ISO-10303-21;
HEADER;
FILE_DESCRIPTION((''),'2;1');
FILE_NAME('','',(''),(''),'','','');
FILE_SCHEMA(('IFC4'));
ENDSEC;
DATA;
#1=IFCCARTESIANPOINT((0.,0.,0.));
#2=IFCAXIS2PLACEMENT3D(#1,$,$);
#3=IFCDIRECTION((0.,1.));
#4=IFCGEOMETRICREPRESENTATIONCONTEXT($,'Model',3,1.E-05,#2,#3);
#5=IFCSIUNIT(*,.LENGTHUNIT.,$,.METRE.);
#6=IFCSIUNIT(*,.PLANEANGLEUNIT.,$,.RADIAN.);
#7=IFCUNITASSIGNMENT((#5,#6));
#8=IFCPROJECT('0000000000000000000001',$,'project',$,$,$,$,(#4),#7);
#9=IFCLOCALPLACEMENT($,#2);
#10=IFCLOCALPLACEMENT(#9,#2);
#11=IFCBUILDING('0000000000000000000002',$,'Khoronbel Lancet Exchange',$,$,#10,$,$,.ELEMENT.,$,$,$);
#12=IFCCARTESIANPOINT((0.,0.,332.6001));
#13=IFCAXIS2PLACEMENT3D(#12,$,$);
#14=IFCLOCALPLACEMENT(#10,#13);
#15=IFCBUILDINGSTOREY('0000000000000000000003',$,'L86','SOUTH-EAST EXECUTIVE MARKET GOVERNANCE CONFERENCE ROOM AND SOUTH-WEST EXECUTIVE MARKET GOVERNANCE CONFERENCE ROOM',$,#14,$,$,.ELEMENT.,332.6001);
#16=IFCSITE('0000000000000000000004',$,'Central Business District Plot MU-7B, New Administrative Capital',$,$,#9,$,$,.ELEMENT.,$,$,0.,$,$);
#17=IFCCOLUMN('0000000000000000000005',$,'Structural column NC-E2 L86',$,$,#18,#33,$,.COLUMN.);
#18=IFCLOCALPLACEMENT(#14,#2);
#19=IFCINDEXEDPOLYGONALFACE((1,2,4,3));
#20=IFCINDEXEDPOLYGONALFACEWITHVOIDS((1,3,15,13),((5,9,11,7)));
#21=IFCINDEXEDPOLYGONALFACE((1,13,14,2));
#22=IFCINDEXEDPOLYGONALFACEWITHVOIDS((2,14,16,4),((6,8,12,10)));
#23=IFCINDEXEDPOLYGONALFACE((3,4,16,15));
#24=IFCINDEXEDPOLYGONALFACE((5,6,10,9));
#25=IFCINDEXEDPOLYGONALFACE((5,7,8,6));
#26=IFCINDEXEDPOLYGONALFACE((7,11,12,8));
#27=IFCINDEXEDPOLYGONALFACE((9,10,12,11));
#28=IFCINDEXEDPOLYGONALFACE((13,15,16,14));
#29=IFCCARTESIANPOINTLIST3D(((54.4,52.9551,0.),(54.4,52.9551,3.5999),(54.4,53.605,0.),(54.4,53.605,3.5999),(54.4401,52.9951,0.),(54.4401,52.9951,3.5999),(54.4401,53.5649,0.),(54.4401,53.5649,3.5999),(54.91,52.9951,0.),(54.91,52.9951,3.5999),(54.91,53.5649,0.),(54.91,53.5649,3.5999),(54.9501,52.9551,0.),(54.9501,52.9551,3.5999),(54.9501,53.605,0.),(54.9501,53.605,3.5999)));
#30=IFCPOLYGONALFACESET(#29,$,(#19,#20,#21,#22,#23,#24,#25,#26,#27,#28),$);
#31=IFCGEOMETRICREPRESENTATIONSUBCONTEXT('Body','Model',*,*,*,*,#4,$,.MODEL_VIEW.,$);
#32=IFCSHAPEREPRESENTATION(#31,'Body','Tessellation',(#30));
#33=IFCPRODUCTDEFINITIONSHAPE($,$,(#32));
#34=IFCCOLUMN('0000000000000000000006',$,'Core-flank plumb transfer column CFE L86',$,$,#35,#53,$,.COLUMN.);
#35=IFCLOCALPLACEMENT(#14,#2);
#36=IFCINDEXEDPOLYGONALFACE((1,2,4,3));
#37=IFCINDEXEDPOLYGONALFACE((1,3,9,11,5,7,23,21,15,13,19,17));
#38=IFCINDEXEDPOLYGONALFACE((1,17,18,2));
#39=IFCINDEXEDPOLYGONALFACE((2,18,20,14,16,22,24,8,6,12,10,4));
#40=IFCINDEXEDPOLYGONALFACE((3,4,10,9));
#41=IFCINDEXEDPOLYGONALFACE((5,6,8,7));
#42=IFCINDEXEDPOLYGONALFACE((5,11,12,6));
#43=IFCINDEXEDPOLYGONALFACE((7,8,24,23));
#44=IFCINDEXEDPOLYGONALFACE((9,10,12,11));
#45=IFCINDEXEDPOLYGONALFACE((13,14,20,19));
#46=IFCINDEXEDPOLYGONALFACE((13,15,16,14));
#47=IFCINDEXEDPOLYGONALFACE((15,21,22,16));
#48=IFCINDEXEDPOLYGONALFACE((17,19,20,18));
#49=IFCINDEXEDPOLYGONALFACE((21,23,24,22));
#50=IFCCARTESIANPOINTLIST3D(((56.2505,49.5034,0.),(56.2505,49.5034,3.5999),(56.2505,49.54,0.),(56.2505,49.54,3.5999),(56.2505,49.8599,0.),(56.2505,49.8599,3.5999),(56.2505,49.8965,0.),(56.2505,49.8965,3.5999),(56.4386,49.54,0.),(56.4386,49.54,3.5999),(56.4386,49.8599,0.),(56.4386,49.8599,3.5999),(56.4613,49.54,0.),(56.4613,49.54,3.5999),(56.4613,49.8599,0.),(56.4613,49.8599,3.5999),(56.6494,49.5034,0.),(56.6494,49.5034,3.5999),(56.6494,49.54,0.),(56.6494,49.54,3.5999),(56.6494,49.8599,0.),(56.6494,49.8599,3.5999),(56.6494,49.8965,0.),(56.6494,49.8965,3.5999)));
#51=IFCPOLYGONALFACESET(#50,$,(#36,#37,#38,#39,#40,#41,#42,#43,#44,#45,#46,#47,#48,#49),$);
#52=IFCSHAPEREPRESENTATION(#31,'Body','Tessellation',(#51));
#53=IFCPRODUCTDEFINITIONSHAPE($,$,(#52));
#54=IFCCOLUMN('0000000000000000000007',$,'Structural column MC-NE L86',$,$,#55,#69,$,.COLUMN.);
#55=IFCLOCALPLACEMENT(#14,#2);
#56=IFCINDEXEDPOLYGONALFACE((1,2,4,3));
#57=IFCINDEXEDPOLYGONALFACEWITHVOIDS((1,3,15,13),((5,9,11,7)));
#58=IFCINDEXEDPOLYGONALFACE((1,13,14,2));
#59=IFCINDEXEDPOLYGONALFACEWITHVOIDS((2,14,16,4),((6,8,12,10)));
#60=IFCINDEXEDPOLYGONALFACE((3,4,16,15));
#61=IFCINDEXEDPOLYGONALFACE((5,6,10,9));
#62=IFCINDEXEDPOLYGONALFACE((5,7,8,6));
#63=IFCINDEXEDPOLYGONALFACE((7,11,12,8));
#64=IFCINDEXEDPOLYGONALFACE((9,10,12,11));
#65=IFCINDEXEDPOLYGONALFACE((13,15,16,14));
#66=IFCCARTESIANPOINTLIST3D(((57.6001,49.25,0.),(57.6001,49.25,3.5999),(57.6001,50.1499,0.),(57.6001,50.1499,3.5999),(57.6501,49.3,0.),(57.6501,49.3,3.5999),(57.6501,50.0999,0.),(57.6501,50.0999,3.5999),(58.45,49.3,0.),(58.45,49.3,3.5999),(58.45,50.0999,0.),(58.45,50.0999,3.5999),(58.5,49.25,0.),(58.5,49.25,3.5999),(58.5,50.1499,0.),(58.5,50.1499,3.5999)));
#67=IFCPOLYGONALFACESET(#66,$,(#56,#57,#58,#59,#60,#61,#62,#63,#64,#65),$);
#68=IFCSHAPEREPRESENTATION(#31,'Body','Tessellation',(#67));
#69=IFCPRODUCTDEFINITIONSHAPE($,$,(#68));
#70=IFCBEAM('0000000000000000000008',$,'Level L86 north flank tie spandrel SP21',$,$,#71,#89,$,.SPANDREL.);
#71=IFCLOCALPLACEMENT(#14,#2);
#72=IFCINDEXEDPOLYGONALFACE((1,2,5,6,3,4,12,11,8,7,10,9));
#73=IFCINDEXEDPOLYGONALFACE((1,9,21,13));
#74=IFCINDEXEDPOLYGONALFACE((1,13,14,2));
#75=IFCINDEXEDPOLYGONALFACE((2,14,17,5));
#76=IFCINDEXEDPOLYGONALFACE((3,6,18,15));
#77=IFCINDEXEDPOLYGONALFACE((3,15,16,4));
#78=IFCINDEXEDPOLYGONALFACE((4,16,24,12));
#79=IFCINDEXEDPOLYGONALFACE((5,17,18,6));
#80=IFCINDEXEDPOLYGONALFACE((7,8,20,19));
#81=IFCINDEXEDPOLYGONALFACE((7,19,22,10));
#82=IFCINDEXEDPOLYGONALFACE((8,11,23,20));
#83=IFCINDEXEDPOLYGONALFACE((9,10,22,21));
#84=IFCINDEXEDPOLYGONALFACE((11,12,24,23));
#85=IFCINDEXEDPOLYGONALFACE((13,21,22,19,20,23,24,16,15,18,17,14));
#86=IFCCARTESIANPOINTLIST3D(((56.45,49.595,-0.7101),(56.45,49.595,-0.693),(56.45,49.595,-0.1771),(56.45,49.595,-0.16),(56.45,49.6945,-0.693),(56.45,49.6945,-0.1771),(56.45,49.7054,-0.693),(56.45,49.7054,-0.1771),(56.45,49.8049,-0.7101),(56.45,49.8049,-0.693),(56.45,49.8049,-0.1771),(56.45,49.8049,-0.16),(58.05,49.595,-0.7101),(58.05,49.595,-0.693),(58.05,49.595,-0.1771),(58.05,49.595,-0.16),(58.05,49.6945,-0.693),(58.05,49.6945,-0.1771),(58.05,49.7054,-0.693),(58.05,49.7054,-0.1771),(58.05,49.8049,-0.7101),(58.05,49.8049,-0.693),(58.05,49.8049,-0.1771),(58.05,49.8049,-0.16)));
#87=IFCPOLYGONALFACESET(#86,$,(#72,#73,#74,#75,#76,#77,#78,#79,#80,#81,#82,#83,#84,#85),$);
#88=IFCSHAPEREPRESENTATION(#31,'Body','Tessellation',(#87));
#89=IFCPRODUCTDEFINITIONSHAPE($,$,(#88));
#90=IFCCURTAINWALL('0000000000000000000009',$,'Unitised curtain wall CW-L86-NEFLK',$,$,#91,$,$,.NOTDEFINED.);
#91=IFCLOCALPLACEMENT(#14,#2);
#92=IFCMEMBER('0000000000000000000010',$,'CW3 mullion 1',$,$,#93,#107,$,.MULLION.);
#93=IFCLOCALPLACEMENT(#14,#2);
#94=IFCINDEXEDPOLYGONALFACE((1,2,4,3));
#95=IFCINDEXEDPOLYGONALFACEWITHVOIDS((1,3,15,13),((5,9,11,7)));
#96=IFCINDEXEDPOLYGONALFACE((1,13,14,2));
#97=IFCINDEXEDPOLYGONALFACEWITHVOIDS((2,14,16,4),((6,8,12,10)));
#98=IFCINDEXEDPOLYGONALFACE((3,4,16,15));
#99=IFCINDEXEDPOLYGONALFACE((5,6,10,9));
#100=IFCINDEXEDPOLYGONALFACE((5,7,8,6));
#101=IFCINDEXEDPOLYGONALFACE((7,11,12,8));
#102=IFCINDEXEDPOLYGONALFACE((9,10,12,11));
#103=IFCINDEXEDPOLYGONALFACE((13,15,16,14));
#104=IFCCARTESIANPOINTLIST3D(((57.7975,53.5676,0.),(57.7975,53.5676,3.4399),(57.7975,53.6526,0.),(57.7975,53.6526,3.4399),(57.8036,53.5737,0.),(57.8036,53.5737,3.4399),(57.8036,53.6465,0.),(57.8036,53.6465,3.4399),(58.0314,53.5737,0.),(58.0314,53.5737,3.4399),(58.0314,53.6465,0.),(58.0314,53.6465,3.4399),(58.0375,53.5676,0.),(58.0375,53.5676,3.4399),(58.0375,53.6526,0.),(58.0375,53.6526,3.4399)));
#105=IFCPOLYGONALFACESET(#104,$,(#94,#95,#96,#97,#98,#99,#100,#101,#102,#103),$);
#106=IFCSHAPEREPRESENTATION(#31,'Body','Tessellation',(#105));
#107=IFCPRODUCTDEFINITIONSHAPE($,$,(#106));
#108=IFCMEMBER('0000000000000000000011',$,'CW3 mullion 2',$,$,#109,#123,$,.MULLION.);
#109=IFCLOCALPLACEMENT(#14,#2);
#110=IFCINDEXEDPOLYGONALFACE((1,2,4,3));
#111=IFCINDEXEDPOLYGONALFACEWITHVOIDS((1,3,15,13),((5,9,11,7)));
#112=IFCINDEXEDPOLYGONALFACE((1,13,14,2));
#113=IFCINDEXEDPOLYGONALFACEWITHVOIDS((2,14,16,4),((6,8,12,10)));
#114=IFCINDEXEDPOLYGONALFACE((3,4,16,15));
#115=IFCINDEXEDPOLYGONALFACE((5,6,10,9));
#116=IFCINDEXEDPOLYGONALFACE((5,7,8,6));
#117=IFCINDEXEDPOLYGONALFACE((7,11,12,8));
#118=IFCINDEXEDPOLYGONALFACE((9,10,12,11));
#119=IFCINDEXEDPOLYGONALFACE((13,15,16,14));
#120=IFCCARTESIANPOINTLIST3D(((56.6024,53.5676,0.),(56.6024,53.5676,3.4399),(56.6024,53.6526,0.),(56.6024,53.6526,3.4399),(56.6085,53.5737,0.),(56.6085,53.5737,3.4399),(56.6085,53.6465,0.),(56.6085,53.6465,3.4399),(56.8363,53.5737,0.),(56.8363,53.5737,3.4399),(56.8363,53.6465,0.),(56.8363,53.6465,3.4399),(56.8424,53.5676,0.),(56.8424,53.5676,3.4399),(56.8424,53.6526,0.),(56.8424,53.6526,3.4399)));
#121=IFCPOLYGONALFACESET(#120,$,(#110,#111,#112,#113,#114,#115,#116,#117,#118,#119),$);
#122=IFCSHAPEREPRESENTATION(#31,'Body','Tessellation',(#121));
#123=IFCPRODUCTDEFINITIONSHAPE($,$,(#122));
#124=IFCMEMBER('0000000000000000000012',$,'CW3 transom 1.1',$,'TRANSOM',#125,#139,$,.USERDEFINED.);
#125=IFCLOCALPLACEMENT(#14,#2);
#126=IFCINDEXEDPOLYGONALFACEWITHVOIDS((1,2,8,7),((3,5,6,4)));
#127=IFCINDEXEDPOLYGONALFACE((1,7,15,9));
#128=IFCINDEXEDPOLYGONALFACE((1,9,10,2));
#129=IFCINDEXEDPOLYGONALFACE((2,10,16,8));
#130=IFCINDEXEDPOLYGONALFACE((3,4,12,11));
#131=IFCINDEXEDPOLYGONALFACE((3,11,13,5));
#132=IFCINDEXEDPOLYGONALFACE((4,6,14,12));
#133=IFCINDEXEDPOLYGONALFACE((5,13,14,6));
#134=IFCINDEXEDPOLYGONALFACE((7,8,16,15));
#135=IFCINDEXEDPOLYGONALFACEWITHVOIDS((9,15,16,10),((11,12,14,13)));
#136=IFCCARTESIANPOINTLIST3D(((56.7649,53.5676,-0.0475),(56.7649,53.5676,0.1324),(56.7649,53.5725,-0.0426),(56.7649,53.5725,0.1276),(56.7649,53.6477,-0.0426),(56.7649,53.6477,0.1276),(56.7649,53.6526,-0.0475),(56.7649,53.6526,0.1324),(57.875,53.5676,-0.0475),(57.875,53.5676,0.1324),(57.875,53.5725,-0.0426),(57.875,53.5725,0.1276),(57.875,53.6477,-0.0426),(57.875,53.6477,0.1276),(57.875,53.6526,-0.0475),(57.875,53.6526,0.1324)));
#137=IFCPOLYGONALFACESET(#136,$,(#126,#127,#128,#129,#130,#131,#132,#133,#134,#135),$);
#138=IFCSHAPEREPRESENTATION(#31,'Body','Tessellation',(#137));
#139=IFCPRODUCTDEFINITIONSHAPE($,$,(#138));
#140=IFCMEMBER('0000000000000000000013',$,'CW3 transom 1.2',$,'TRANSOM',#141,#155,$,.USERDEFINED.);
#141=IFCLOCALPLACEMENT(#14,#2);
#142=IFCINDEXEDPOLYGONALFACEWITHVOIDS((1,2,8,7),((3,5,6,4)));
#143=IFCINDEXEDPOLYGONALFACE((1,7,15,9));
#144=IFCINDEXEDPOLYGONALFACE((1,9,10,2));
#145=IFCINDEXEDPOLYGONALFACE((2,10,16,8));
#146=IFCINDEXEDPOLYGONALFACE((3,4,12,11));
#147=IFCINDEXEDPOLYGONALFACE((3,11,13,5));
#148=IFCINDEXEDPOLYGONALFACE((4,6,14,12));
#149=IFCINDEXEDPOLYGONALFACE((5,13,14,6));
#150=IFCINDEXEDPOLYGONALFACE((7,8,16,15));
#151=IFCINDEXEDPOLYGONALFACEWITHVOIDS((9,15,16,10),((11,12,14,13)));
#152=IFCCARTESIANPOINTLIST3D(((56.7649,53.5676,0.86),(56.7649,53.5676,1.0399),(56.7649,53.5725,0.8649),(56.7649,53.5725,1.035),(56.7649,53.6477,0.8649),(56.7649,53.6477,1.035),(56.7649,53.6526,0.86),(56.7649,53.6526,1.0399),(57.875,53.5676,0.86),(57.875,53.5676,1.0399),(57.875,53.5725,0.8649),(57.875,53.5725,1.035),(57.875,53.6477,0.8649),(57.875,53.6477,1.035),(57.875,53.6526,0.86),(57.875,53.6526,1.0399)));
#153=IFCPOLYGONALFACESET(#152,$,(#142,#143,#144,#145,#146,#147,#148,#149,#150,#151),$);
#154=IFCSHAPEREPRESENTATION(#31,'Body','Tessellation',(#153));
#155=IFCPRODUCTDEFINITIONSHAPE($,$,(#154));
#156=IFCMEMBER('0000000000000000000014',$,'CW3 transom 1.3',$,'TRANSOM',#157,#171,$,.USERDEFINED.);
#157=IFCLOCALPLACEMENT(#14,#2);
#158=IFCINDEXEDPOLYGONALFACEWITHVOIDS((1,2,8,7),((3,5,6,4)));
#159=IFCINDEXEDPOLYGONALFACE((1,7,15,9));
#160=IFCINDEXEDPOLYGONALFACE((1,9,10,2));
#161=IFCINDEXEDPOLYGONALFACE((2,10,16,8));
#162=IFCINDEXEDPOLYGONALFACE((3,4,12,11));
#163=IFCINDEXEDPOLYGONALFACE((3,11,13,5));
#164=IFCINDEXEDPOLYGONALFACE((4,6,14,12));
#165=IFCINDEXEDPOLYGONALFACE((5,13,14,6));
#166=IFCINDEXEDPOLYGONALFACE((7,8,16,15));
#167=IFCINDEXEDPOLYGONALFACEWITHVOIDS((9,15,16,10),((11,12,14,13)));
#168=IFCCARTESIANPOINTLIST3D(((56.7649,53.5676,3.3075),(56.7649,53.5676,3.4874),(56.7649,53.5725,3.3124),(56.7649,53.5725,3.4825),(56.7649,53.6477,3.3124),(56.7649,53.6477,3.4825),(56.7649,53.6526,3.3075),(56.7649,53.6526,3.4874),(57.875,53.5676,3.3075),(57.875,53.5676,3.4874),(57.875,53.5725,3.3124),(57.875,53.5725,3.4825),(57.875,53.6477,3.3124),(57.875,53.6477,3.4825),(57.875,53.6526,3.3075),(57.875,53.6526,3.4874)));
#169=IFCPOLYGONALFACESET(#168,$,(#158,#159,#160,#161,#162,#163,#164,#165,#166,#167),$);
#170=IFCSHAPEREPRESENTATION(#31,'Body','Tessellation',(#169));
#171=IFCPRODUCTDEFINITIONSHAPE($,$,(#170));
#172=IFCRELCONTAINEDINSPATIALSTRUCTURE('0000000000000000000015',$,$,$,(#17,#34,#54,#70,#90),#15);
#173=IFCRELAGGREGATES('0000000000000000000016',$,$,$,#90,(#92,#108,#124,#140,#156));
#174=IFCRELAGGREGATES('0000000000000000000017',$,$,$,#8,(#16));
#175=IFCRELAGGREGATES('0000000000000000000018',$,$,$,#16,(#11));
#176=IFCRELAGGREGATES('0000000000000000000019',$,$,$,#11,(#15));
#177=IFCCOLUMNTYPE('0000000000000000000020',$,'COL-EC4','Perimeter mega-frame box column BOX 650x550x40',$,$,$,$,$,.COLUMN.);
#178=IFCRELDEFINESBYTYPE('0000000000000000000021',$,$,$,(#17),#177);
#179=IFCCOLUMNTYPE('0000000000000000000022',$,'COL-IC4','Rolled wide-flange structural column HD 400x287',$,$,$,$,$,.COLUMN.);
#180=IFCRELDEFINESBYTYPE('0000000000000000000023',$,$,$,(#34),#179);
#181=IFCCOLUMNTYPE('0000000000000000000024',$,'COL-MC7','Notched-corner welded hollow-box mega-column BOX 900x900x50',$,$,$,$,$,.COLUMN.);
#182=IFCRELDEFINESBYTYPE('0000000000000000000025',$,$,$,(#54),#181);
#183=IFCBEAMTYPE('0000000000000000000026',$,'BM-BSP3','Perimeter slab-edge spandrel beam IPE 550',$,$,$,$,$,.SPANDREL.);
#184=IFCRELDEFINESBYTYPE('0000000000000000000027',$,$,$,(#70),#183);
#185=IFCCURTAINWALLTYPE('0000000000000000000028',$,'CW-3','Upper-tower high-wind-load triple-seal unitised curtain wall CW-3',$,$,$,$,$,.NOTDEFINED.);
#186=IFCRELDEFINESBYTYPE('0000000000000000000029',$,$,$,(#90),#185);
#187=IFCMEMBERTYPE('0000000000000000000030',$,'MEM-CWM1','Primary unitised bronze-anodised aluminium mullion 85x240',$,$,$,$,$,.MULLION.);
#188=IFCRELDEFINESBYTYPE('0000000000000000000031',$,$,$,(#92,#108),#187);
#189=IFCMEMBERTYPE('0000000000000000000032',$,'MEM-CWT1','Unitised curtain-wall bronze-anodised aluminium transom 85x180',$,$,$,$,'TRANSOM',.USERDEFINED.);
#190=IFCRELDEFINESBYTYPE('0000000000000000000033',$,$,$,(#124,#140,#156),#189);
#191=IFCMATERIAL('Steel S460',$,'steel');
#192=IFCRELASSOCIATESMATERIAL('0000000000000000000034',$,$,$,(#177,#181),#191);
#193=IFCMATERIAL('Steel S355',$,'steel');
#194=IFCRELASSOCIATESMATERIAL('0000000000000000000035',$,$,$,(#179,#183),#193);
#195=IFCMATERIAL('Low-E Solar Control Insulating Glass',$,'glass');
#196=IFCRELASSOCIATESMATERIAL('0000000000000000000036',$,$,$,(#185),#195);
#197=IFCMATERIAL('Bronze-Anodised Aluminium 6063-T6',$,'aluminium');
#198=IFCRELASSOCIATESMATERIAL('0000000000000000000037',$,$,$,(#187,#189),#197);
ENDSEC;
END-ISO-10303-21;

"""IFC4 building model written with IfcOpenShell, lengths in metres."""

from ifc_helpers import new_model, si_unit, direction, frame, origin, origin_2d, place, context, subcontext, project, spatial, hollow_rectangle, i_section, extrude, material, material_profile, profile_set, type_object, element, aggregate, save


model = new_model("IFC4")

# Units and contexts
model_context = context("Model", 3, precision=1e-05, world=origin(), true_north=direction((0.0, 1.0)))
body_context = subcontext(model_context, "Body", "Model", "MODEL_VIEW")
ifc_project = project(units=[si_unit("LENGTHUNIT", "METRE"), si_unit("PLANEANGLEUNIT", "RADIAN")], contexts=[model_context])

# Site, building, storey
site_placement = place(None, origin())
site = spatial("IfcSite", under=ifc_project, at=site_placement, Name="Central Business District Plot MU-7B, New Administrative Capital", CompositionType="ELEMENT", RefElevation=0.0)
building_placement = place(site_placement, origin())
building = spatial("IfcBuilding", under=site, at=building_placement, Name="Khoronbel Lancet Exchange", CompositionType="ELEMENT")
storey_placement = place(building_placement, frame((0.0, 0.0, 332.6001)))
storey = spatial("IfcBuildingStorey", under=building, at=storey_placement, Name="L86", Description="SOUTH-EAST EXECUTIVE MARKET GOVERNANCE CONFERENCE ROOM AND SOUTH-WEST EXECUTIVE MARKET GOVERNANCE CONFERENCE ROOM", CompositionType="ELEMENT", Elevation=332.6001)

# Columns
ifc_material_1 = material(Name="Steel S460", Category="steel")
ifc_material_profile_1 = material_profile(ifc_material_1, hollow_rectangle(XDim=0.55, YDim=0.6499, WallThickness=0.04, at=origin_2d()), Name="BOX 650x550x40")
ifc_profile_set_1 = profile_set([ifc_material_profile_1], Name="Steel S460")
column_type_1 = type_object("IfcColumnType", Name="COL-EC4", Description="Perimeter mega-frame box column BOX 650x550x40", PredefinedType="COLUMN", material=ifc_profile_set_1)
column_1_placement = place(storey_placement, frame((54.675, 53.28, 0.0), z_axis=(0.0, 0.0, 1.0), x_axis=(1.0, 0.0, 0.0)))
element("IfcColumn", 1, at=column_1_placement, inside=storey, type_object=column_type_1, Name="Structural column NC-E2 L86", PredefinedType="COLUMN", context=body_context, shape_type="SweptSolid", body=[
    extrude(hollow_rectangle(XDim=0.55, YDim=0.6499, WallThickness=0.04, at=origin_2d()), origin(), (0.0, 0.0, 1.0), 3.5999),
])
ifc_material_2 = material(Name="Steel S355", Category="steel")
ifc_material_profile_2 = material_profile(ifc_material_2, i_section(OverallWidth=0.3989, OverallDepth=0.3931, WebThickness=0.0227, FlangeThickness=0.0366, at=origin_2d()), Name="HD 400x287")
ifc_profile_set_2 = profile_set([ifc_material_profile_2], Name="Steel S355")
column_type_2 = type_object("IfcColumnType", Name="COL-IC4", Description="Rolled wide-flange structural column HD 400x287", PredefinedType="COLUMN", material=ifc_profile_set_2)
column_2_placement = place(storey_placement, frame((56.45, 49.7, 0.0), z_axis=(0.0, 0.0, 1.0), x_axis=(1.0, 0.0, 0.0)))
element("IfcColumn", 2, at=column_2_placement, inside=storey, type_object=column_type_2, Name="Core-flank plumb transfer column CFE L86", PredefinedType="COLUMN", context=body_context, shape_type="SweptSolid", body=[
    extrude(i_section(OverallWidth=0.3989, OverallDepth=0.3931, WebThickness=0.0227, FlangeThickness=0.0366, at=origin_2d()), origin(), (0.0, 0.0, 1.0), 3.5999),
])
ifc_material_profile_3 = material_profile(ifc_material_1, hollow_rectangle(XDim=0.8999, YDim=0.8999, WallThickness=0.05, at=origin_2d()), Name="BOX 900x900x50")
ifc_profile_set_3 = profile_set([ifc_material_profile_3], Name="Steel S460")
column_type_3 = type_object("IfcColumnType", Name="COL-MC7", Description="Notched-corner welded hollow-box mega-column BOX 900x900x50", PredefinedType="COLUMN", material=ifc_profile_set_3)
column_3_placement = place(storey_placement, frame((58.05, 49.7, 0.0), z_axis=(0.0, 0.0, 1.0), x_axis=(1.0, 0.0, 0.0)))
element("IfcColumn", 3, at=column_3_placement, inside=storey, type_object=column_type_3, Name="Structural column MC-NE L86", PredefinedType="COLUMN", context=body_context, shape_type="SweptSolid", body=[
    extrude(hollow_rectangle(XDim=0.8999, YDim=0.8999, WallThickness=0.05, at=origin_2d()), origin(), (0.0, 0.0, 1.0), 3.5999),
])

# Beam
ifc_material_profile_4 = material_profile(ifc_material_2, i_section(OverallWidth=0.21, OverallDepth=0.55, WebThickness=0.011, FlangeThickness=0.0171, at=origin_2d()), Name="IPE 550")
ifc_profile_set_4 = profile_set([ifc_material_profile_4], Name="Steel S355")
beam_type = type_object("IfcBeamType", Name="BM-BSP3", Description="Perimeter slab-edge spandrel beam IPE 550", PredefinedType="SPANDREL", material=ifc_profile_set_4)
beam_placement = place(storey_placement, frame((58.05, 49.7, -0.4351), z_axis=(-1.0, 0.0, 0.0), x_axis=(0.0, -1.0, 0.0)))
element("IfcBeam", 4, at=beam_placement, inside=storey, type_object=beam_type, Name="Level L86 north flank tie spandrel SP21", PredefinedType="SPANDREL", context=body_context, shape_type="SweptSolid", body=[
    extrude(i_section(OverallWidth=0.21, OverallDepth=0.55, WebThickness=0.011, FlangeThickness=0.0171, at=origin_2d()), origin(), (0.0, 0.0, 1.0), 1.6001),
])

# Curtain wall, members
ifc_material_3 = material(Name="Low-E Solar Control Insulating Glass", Category="glass")
curtain_wall_type = type_object("IfcCurtainWallType", Name="CW-3", Description="Upper-tower high-wind-load triple-seal unitised curtain wall CW-3", PredefinedType="NOTDEFINED", material=ifc_material_3)
curtain_wall_placement = place(storey_placement, origin())
curtain_wall = element("IfcCurtainWall", 5, at=curtain_wall_placement, inside=storey, type_object=curtain_wall_type, Name="Unitised curtain wall CW-L86-NEFLK", PredefinedType="NOTDEFINED")
ifc_material_4 = material(Name="Bronze-Anodised Aluminium 6063-T6", Category="aluminium")
ifc_material_profile_5 = material_profile(ifc_material_4, hollow_rectangle(XDim=0.085, YDim=0.24, WallThickness=0.0061, at=origin_2d()), Name="ALU MULLION 85x240")
ifc_profile_set_5 = profile_set([ifc_material_profile_5], Name="Bronze-Anodised Aluminium 6063-T6")
member_type_1 = type_object("IfcMemberType", Name="MEM-CWM1", Description="Primary unitised bronze-anodised aluminium mullion 85x240", PredefinedType="MULLION", material=ifc_profile_set_5)
member_1_placement = place(storey_placement, frame((57.9175, 53.6101, 0.0), z_axis=(0.0, 0.0, 1.0), x_axis=(0.0, -1.0, 0.0)))
member_1 = element("IfcMember", 6, at=member_1_placement, type_object=member_type_1, Name="CW3 mullion 1", PredefinedType="MULLION", context=body_context, shape_type="SweptSolid", body=[
    extrude(hollow_rectangle(XDim=0.085, YDim=0.24, WallThickness=0.0061, at=origin_2d()), origin(), (0.0, 0.0, 1.0), 3.4399),
])
member_2_placement = place(storey_placement, frame((56.7224, 53.6101, 0.0), z_axis=(0.0, 0.0, 1.0), x_axis=(0.0, -1.0, 0.0)))
member_2 = element("IfcMember", 7, at=member_2_placement, type_object=member_type_1, Name="CW3 mullion 2", PredefinedType="MULLION", context=body_context, shape_type="SweptSolid", body=[
    extrude(hollow_rectangle(XDim=0.085, YDim=0.24, WallThickness=0.0061, at=origin_2d()), origin(), (0.0, 0.0, 1.0), 3.4399),
])
ifc_material_profile_6 = material_profile(ifc_material_4, hollow_rectangle(XDim=0.085, YDim=0.1799, WallThickness=0.0049, at=origin_2d()), Name="ALU TRANSOM 85x180")
ifc_profile_set_6 = profile_set([ifc_material_profile_6], Name="Bronze-Anodised Aluminium 6063-T6")
member_type_2 = type_object("IfcMemberType", Name="MEM-CWT1", Description="Unitised curtain-wall bronze-anodised aluminium transom 85x180", ElementType="TRANSOM", PredefinedType="USERDEFINED", material=ifc_profile_set_6)
member_3_placement = place(storey_placement, frame((57.875, 53.6101, 0.0425), z_axis=(-1.0, 0.0, 0.0), x_axis=(0.0, -1.0, 0.0)))
member_3 = element("IfcMember", 8, at=member_3_placement, type_object=member_type_2, Name="CW3 transom 1.1", ObjectType="TRANSOM", PredefinedType="USERDEFINED", context=body_context, shape_type="SweptSolid", body=[
    extrude(hollow_rectangle(XDim=0.085, YDim=0.1799, WallThickness=0.0049, at=origin_2d()), origin(), (0.0, 0.0, 1.0), 1.1101),
])
member_4_placement = place(storey_placement, frame((57.875, 53.6101, 0.95), z_axis=(-1.0, 0.0, 0.0), x_axis=(0.0, -1.0, 0.0)))
member_4 = element("IfcMember", 9, at=member_4_placement, type_object=member_type_2, Name="CW3 transom 1.2", ObjectType="TRANSOM", PredefinedType="USERDEFINED", context=body_context, shape_type="SweptSolid", body=[
    extrude(hollow_rectangle(XDim=0.085, YDim=0.1799, WallThickness=0.0049, at=origin_2d()), origin(), (0.0, 0.0, 1.0), 1.1101),
])
member_5_placement = place(storey_placement, frame((57.875, 53.6101, 3.3975), z_axis=(-1.0, 0.0, 0.0), x_axis=(0.0, -1.0, 0.0)))
member_5 = element("IfcMember", 10, at=member_5_placement, type_object=member_type_2, Name="CW3 transom 1.3", ObjectType="TRANSOM", PredefinedType="USERDEFINED", context=body_context, shape_type="SweptSolid", body=[
    extrude(hollow_rectangle(XDim=0.085, YDim=0.1799, WallThickness=0.0049, at=origin_2d()), origin(), (0.0, 0.0, 1.0), 1.1101),
])
aggregate(curtain_wall, [member_1, member_2, member_3, member_4, member_5])

save(model, "model.ifc")
